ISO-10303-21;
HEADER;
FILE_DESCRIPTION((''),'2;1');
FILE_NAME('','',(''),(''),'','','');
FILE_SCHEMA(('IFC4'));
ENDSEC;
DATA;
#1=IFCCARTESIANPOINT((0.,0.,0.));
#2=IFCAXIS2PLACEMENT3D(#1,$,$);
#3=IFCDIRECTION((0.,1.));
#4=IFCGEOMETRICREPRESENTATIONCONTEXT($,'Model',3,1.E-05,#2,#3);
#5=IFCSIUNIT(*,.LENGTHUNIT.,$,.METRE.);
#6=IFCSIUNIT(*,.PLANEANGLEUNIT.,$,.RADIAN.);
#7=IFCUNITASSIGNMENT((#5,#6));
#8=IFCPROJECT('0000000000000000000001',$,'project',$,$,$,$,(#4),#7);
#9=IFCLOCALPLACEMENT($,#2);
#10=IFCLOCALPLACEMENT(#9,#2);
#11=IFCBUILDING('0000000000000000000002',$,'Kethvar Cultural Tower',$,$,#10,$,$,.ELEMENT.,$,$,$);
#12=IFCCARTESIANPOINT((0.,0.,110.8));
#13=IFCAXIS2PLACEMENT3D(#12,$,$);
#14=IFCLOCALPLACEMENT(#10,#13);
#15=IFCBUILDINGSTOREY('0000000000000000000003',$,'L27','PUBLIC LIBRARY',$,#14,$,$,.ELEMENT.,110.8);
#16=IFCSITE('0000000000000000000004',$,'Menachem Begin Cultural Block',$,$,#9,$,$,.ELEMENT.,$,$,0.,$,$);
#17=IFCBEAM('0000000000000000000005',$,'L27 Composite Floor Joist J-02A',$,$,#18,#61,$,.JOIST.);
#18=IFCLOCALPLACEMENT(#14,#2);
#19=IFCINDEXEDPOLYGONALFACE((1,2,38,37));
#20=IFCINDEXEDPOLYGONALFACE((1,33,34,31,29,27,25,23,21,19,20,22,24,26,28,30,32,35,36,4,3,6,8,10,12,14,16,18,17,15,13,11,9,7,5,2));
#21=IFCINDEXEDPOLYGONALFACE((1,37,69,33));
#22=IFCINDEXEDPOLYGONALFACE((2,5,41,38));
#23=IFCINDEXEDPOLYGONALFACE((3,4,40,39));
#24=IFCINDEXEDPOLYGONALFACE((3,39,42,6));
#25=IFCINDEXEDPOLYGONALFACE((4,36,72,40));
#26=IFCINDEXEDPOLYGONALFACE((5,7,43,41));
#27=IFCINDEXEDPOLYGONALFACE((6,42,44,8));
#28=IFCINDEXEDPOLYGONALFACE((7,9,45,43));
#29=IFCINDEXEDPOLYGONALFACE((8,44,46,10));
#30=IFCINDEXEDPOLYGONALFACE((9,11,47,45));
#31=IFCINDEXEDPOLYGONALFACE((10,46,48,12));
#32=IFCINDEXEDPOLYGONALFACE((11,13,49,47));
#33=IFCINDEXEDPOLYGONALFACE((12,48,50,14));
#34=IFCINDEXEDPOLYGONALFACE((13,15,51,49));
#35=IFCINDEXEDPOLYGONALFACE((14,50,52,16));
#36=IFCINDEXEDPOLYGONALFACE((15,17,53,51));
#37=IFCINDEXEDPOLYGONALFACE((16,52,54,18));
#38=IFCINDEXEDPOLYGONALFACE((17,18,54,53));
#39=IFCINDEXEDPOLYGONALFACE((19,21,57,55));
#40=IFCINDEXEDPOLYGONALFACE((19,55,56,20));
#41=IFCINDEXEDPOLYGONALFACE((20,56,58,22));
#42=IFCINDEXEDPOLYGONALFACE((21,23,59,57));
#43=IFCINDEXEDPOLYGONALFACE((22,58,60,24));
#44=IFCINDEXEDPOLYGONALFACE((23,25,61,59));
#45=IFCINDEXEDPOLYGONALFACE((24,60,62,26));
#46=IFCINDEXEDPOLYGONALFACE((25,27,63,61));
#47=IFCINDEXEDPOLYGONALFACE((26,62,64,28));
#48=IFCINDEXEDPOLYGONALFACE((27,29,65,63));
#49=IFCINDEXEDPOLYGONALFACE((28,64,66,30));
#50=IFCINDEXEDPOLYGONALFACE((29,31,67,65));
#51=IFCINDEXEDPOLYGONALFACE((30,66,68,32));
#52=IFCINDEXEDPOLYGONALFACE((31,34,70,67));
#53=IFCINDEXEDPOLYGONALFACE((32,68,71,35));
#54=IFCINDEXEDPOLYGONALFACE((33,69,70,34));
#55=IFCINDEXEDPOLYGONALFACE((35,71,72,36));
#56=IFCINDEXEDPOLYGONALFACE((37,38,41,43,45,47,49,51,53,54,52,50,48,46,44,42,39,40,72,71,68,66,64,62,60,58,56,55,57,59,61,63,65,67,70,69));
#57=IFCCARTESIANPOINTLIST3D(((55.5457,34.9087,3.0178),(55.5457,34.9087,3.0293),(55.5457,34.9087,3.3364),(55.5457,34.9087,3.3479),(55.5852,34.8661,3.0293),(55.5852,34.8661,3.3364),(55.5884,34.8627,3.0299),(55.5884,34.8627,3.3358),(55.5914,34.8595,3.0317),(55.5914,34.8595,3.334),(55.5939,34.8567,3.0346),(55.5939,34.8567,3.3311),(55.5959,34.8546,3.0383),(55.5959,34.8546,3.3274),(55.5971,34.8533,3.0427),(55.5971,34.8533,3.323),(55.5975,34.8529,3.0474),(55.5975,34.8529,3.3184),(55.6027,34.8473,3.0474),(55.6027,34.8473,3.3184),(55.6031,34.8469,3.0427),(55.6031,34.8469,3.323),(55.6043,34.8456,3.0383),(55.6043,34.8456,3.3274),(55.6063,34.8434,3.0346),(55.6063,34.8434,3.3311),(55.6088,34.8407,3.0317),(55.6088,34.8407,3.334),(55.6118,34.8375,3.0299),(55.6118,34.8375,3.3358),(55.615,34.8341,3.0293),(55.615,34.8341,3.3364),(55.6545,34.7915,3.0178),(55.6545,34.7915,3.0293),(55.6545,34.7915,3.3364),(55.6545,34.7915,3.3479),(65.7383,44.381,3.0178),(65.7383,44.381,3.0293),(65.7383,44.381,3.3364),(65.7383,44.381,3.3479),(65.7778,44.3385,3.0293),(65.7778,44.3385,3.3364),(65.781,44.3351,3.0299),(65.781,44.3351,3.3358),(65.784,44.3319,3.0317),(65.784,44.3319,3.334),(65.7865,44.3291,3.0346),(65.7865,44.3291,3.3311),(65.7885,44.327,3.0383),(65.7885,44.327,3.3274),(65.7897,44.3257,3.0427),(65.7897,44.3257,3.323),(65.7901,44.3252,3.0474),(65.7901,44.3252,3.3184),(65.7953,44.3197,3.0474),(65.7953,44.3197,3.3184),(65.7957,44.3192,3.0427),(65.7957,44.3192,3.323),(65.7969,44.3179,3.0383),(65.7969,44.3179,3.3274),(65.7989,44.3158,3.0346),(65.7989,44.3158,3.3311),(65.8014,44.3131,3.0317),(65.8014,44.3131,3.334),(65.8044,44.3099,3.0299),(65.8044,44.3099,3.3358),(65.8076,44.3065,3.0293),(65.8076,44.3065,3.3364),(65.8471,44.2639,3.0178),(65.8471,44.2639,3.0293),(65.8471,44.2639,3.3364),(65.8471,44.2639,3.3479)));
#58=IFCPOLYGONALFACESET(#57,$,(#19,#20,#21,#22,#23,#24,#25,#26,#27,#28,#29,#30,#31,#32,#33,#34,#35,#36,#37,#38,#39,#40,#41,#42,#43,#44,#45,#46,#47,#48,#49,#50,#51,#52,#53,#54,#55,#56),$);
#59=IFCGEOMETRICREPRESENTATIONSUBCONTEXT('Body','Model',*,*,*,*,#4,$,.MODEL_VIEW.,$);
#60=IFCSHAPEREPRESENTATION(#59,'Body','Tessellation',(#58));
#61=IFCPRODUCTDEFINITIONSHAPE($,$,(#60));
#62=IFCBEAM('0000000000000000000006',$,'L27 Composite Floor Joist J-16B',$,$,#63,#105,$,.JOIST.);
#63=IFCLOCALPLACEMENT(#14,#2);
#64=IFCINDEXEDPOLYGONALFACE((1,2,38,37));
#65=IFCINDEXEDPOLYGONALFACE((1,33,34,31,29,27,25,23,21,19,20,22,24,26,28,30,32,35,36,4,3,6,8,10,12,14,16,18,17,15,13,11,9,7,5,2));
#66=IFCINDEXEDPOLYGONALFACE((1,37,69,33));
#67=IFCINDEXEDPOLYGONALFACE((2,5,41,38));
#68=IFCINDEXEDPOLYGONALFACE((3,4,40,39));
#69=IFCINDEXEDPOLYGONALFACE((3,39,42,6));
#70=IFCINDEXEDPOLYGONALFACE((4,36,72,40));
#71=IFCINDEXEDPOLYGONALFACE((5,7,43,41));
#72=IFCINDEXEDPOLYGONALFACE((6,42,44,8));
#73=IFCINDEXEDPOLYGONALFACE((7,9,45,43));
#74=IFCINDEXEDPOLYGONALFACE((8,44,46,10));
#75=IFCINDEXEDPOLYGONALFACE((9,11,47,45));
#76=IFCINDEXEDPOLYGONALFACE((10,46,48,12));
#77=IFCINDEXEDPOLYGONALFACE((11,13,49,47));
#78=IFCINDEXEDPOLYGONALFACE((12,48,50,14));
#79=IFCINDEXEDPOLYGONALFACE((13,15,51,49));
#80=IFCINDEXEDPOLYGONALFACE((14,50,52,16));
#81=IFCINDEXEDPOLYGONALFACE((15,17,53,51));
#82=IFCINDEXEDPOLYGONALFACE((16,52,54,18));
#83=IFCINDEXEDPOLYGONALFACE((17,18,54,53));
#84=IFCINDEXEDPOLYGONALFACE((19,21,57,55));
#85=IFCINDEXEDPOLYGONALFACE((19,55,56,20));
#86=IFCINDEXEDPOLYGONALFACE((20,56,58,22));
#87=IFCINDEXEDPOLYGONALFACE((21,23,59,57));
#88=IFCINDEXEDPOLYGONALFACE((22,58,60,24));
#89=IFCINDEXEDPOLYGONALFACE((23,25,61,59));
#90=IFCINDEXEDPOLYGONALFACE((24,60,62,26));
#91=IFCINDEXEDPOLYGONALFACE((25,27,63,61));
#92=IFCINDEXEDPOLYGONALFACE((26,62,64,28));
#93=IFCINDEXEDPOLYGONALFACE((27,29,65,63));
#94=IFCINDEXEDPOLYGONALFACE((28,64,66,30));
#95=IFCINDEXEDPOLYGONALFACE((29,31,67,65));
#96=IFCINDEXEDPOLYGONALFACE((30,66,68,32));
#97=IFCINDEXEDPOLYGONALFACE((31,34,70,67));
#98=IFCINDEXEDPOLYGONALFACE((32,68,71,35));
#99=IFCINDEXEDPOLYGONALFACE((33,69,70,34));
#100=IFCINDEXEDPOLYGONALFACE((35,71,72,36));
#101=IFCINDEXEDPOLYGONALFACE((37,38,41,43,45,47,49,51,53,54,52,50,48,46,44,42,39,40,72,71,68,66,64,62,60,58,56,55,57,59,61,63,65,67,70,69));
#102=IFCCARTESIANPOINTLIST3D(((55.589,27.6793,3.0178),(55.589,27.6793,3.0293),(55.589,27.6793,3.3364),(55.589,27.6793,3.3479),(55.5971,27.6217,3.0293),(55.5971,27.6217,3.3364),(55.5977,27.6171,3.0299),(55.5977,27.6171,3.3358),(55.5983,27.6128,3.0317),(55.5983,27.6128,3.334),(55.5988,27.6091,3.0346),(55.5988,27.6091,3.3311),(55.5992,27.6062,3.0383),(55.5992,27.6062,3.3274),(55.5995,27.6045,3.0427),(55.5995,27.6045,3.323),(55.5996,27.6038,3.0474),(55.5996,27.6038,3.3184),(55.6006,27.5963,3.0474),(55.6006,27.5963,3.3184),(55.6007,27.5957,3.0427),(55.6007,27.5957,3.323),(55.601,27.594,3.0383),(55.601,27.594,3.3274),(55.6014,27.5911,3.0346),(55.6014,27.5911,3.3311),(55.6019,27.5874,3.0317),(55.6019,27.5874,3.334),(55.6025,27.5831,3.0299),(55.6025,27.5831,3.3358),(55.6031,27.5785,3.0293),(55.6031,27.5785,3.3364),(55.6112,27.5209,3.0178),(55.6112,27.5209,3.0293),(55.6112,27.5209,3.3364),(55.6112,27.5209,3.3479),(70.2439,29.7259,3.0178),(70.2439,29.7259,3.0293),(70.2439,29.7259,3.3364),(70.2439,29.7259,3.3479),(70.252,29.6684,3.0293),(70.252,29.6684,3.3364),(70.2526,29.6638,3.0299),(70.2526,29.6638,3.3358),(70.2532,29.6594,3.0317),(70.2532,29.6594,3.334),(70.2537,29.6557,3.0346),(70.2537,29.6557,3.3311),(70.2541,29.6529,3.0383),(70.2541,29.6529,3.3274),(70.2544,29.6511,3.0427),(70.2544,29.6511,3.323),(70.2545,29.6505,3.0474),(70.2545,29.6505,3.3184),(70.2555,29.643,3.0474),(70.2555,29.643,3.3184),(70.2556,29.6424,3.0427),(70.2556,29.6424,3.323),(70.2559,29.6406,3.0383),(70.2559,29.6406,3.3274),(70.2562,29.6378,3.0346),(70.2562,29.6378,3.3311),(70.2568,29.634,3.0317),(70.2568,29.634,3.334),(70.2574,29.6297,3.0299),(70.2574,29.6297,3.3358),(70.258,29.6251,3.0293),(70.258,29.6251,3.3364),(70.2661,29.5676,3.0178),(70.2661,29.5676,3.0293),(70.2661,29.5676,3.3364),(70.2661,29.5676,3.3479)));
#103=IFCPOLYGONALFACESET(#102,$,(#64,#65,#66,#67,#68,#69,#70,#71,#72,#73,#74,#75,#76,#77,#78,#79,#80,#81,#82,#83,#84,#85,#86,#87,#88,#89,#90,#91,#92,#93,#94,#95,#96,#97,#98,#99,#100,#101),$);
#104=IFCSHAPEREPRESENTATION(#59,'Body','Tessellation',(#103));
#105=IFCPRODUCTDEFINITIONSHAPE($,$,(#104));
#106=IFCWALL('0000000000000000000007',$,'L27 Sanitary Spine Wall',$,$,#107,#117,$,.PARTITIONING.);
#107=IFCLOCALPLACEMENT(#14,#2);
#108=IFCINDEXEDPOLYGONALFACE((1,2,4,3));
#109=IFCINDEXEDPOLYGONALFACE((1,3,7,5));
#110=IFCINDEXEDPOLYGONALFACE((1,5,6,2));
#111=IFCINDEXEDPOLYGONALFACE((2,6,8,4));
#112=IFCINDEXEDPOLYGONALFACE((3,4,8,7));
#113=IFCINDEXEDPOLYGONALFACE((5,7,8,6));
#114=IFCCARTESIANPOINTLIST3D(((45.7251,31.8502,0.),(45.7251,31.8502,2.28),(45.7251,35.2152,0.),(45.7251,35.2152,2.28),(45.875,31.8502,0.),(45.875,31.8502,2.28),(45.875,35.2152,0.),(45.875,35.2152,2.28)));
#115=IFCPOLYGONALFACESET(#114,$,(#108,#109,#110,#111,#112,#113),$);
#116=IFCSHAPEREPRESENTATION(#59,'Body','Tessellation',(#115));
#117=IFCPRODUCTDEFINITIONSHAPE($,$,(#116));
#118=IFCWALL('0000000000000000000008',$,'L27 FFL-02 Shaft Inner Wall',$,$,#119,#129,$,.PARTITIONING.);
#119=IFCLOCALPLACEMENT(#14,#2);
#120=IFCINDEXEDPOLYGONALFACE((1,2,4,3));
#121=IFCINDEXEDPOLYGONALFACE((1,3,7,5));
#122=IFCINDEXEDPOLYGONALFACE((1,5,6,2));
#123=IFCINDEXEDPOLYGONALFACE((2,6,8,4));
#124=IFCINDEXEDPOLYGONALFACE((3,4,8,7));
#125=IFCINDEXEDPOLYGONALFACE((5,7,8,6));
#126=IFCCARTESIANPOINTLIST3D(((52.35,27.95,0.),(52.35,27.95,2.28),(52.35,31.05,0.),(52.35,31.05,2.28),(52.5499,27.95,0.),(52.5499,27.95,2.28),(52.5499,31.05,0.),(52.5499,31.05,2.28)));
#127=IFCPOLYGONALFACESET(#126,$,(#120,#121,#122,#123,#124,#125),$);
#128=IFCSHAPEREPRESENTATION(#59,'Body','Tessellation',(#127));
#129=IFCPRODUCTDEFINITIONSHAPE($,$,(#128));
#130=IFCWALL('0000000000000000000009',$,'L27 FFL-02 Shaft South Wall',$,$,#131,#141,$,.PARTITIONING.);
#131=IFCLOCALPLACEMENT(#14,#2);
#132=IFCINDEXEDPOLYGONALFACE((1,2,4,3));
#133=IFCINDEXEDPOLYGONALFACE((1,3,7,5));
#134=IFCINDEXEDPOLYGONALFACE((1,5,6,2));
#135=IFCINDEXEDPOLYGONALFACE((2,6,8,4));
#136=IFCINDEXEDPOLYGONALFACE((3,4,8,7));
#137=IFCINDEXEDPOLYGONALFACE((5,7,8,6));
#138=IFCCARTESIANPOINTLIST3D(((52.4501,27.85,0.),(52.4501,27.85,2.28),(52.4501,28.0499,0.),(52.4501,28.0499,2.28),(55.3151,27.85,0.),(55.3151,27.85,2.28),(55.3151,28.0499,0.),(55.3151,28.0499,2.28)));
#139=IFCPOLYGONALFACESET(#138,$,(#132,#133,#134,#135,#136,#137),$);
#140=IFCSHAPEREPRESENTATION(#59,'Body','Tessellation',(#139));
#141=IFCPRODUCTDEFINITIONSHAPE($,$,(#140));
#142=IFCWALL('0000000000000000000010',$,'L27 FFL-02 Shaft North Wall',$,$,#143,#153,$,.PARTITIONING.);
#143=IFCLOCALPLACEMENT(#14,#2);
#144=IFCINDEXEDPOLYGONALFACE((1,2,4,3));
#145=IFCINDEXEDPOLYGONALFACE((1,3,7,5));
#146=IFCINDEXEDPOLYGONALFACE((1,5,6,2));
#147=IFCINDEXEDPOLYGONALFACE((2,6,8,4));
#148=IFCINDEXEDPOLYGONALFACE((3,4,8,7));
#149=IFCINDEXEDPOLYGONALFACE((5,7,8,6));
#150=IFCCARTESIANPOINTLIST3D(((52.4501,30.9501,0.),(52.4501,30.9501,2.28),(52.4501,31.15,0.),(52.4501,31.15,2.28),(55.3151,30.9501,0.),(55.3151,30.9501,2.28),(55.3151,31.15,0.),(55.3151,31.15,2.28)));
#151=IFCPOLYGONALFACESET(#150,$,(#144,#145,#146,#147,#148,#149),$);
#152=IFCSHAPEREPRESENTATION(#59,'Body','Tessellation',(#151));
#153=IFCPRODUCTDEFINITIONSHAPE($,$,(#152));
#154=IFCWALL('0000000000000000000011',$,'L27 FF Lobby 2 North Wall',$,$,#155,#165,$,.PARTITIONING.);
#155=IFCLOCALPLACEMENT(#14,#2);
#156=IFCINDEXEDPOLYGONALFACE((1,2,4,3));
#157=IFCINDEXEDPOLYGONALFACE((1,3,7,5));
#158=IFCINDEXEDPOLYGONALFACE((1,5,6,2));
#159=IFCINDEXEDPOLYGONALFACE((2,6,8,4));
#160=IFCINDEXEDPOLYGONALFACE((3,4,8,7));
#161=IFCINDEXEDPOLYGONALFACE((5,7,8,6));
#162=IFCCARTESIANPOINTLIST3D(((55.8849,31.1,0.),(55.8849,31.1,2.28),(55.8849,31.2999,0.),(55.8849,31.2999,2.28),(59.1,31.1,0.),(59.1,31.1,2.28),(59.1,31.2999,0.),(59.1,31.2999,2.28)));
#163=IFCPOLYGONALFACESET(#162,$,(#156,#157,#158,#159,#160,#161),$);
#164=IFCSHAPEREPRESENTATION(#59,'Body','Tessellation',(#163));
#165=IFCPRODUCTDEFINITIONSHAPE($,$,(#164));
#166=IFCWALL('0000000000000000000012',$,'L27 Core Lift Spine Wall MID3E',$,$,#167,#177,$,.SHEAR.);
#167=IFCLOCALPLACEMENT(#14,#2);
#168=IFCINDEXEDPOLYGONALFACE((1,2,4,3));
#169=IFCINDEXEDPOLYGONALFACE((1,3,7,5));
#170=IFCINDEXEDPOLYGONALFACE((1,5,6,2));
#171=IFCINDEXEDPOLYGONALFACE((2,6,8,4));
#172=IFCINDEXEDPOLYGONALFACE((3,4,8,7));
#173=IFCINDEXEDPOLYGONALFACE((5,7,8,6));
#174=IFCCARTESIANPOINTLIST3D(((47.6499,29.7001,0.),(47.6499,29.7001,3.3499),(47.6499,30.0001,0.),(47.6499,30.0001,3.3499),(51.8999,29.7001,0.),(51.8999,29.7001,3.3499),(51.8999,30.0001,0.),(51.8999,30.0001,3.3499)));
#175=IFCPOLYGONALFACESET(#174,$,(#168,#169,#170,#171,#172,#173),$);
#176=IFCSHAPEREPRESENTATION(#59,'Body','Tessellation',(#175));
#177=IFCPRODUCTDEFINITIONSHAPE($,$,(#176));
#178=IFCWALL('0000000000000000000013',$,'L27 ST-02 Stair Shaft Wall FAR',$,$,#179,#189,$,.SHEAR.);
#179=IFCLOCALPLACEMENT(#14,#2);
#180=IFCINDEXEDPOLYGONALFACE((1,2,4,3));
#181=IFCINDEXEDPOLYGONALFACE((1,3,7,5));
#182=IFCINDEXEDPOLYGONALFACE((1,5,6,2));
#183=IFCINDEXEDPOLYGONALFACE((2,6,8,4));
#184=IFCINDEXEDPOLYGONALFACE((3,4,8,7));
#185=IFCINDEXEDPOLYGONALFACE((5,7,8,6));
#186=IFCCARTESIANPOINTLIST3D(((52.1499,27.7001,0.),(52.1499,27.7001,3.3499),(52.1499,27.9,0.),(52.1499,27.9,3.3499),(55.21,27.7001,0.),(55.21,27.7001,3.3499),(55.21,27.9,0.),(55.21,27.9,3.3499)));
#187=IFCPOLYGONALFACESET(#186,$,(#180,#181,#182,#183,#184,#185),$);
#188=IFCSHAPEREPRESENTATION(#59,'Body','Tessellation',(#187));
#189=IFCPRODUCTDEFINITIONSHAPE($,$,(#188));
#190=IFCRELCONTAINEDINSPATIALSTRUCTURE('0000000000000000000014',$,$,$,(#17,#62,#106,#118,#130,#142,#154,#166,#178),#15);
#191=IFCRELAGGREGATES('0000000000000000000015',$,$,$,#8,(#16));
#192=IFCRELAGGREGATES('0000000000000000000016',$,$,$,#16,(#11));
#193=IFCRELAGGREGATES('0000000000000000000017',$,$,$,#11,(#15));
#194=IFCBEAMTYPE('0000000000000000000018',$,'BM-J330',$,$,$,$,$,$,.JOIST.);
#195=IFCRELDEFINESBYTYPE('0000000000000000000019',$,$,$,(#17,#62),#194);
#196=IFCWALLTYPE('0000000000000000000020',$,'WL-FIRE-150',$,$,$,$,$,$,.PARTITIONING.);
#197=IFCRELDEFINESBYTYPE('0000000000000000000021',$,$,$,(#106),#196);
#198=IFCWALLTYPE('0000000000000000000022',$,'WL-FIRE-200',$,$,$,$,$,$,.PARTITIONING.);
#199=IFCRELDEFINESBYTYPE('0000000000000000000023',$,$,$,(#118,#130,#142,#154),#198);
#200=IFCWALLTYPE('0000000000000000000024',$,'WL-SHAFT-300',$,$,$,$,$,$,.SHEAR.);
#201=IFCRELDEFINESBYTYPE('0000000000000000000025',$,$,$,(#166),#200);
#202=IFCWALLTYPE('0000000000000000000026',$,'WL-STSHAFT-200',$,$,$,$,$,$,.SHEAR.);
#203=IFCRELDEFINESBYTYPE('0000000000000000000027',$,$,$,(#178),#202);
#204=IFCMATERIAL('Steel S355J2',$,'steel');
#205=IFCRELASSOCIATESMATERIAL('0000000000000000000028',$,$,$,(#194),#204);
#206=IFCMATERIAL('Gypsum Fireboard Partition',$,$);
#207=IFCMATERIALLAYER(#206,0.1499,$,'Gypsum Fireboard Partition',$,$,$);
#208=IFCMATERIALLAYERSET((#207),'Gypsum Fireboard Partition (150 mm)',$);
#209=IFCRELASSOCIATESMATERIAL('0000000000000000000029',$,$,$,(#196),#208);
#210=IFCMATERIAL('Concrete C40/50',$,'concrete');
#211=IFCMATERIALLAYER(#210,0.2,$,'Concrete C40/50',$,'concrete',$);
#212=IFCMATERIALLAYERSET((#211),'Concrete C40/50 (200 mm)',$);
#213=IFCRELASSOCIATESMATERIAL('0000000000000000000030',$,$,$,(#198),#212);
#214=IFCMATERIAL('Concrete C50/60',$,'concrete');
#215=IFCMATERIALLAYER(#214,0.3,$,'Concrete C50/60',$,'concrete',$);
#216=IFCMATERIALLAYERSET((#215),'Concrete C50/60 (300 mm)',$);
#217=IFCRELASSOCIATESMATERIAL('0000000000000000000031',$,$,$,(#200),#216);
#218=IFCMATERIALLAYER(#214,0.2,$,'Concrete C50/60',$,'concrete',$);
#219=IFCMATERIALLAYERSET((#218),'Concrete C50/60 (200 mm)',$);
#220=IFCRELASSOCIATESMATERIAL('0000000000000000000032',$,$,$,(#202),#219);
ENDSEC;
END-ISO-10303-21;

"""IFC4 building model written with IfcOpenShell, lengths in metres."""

from ifc_helpers import new_model, si_unit, direction, frame, frame_2d, origin, origin_2d, place, context, subcontext, project, spatial, rectangle, i_section, extrude, source, transform, mapped, material, layer, layer_set, material_profile, profile_set, type_object, element, save


model = new_model("IFC4")

# Units and contexts
model_context = context("Model", 3, precision=1e-05, world=origin(), true_north=direction((0.0, 1.0)))
body_context = subcontext(model_context, "Body", "Model", "MODEL_VIEW")
ifc_project = project(units=[si_unit("LENGTHUNIT", "METRE"), si_unit("PLANEANGLEUNIT", "RADIAN")], contexts=[model_context])

# Site, building, storey
site_placement = place(None, origin())
site = spatial("IfcSite", under=ifc_project, at=site_placement, Name="Menachem Begin Cultural Block", CompositionType="ELEMENT", RefElevation=0.0)
building_placement = place(site_placement, origin())
building = spatial("IfcBuilding", under=site, at=building_placement, Name="Kethvar Cultural Tower", CompositionType="ELEMENT")
storey_placement = place(building_placement, frame((0.0, 0.0, 110.8)))
storey = spatial("IfcBuildingStorey", under=building, at=storey_placement, Name="L27", Description="PUBLIC LIBRARY", CompositionType="ELEMENT", Elevation=110.8)

# Beams
ifc_material_1 = material(Name="Steel S355J2", Category="steel")
ifc_material_profile_1 = material_profile(ifc_material_1, i_section(OverallWidth=0.1599, OverallDepth=0.3301, WebThickness=0.0076, FlangeThickness=0.0115, FilletRadius=0.0181, at=origin_2d()), Name="Steel S355J2 — IPE330")
ifc_profile_set_1 = profile_set([ifc_material_profile_1], Name="Steel S355J2 — IPE330")
beam_type_1 = type_object("IfcBeamType", Name="BM-J330", PredefinedType="JOIST", material=ifc_profile_set_1)
shared_shape_1 = source(origin(), body_context, "Body", "SweptSolid", [
    extrude(i_section(OverallWidth=0.1599, OverallDepth=0.3301, WebThickness=0.0076, FlangeThickness=0.0115, FilletRadius=0.0181, at=origin_2d()), origin(), (0.0, 0.0, 1.0), 13.9146),
])
beam_1_placement = place(storey_placement, frame((55.6001, 34.8501, 3.1829), z_axis=(0.732513, 0.680753, 0.0), x_axis=(-0.680753, 0.732513, 0.0)))
element("IfcBeam", 1, at=beam_1_placement, inside=storey, type_object=beam_type_1, Name="L27 Composite Floor Joist J-02A", PredefinedType="JOIST", context=body_context, shape_type="MappedRepresentation", body=[
    mapped(shared_shape_1, transform((0.0, 0.0, 0.0), scale=1.0)),
])
shared_shape_2 = source(origin(), body_context, "Body", "SweptSolid", [
    extrude(i_section(OverallWidth=0.1599, OverallDepth=0.3301, WebThickness=0.0076, FlangeThickness=0.0115, FilletRadius=0.0181, at=origin_2d()), origin(), (0.0, 0.0, 1.0), 14.7971),
])
beam_2_placement = place(storey_placement, frame((55.6001, 27.6001, 3.1829), z_axis=(0.990388, 0.138314, 0.0), x_axis=(-0.138314, 0.990388, 0.0)))
element("IfcBeam", 2, at=beam_2_placement, inside=storey, type_object=beam_type_1, Name="L27 Composite Floor Joist J-16B", PredefinedType="JOIST", context=body_context, shape_type="MappedRepresentation", body=[
    mapped(shared_shape_2, transform((0.0, 0.0, 0.0), scale=1.0)),
])

# Walls
ifc_material_2 = material(Name="Gypsum Fireboard Partition")
ifc_layer_1 = layer(ifc_material_2, 0.1499, Name="Gypsum Fireboard Partition")
ifc_layer_set_1 = layer_set([ifc_layer_1], Name="Gypsum Fireboard Partition (150 mm)")
wall_type_1 = type_object("IfcWallType", Name="WL-FIRE-150", PredefinedType="PARTITIONING", material=ifc_layer_set_1)
wall_1_placement = place(storey_placement, frame((45.8, 31.8501, 0.0), z_axis=(0.0, 0.0, 1.0), x_axis=(0.0, 1.0, 0.0)))
element("IfcWall", 3, at=wall_1_placement, inside=storey, type_object=wall_type_1, Name="L27 Sanitary Spine Wall", PredefinedType="PARTITIONING", context=body_context, shape_type="SweptSolid", body=[
    extrude(rectangle(XDim=3.365, YDim=0.1499, at=frame_2d((1.6826, 0.0))), origin(), (0.0, 0.0, 1.0), 2.28),
])
ifc_material_3 = material(Name="Concrete C40/50", Category="concrete")
ifc_layer_2 = layer(ifc_material_3, 0.2, Name="Concrete C40/50", Category="concrete")
ifc_layer_set_2 = layer_set([ifc_layer_2], Name="Concrete C40/50 (200 mm)")
wall_type_2 = type_object("IfcWallType", Name="WL-FIRE-200", PredefinedType="PARTITIONING", material=ifc_layer_set_2)
wall_2_placement = place(storey_placement, frame((52.45, 27.95, 0.0), z_axis=(0.0, 0.0, 1.0), x_axis=(0.0, 1.0, 0.0)))
element("IfcWall", 4, at=wall_2_placement, inside=storey, type_object=wall_type_2, Name="L27 FFL-02 Shaft Inner Wall", PredefinedType="PARTITIONING", context=body_context, shape_type="SweptSolid", body=[
    extrude(rectangle(XDim=3.1001, YDim=0.2, at=frame_2d((1.55, 0.0))), origin(), (0.0, 0.0, 1.0), 2.28),
])
for number, where, z_axis, x_axis, name in (
    (5, (52.45, 27.95, 0.0), (0.0, 0.0, 1.0), (1.0, 0.0, 0.0), "L27 FFL-02 Shaft South Wall"),
    (6, (52.45, 31.05, 0.0), (0.0, 0.0, 1.0), (1.0, 0.0, 0.0), "L27 FFL-02 Shaft North Wall"),
):
    element("IfcWall", number, at=place(storey_placement, frame(where, z_axis=z_axis, x_axis=x_axis)), inside=storey, type_object=wall_type_2, Name=name, PredefinedType="PARTITIONING", context=body_context, shape_type="SweptSolid", body=[
        extrude(rectangle(XDim=2.865, YDim=0.2, at=frame_2d((1.4326, 0.0))), origin(), (0.0, 0.0, 1.0), 2.28),
    ])
wall_3_placement = place(storey_placement, frame((55.885, 31.2, 0.0), z_axis=(0.0, 0.0, 1.0), x_axis=(1.0, 0.0, 0.0)))
element("IfcWall", 7, at=wall_3_placement, inside=storey, type_object=wall_type_2, Name="L27 FF Lobby 2 North Wall", PredefinedType="PARTITIONING", context=body_context, shape_type="SweptSolid", body=[
    extrude(rectangle(XDim=3.2151, YDim=0.2, at=frame_2d((1.6074, 0.0))), origin(), (0.0, 0.0, 1.0), 2.28),
])
ifc_material_4 = material(Name="Concrete C50/60", Category="concrete")
ifc_layer_3 = layer(ifc_material_4, 0.3, Name="Concrete C50/60", Category="concrete")
ifc_layer_set_3 = layer_set([ifc_layer_3], Name="Concrete C50/60 (300 mm)")
wall_type_3 = type_object("IfcWallType", Name="WL-SHAFT-300", PredefinedType="SHEAR", material=ifc_layer_set_3)
wall_4_placement = place(storey_placement, frame((47.6499, 29.8501, 0.0), z_axis=(0.0, 0.0, 1.0), x_axis=(1.0, 0.0, 0.0)))
element("IfcWall", 8, at=wall_4_placement, inside=storey, type_object=wall_type_3, Name="L27 Core Lift Spine Wall MID3E", PredefinedType="SHEAR", context=body_context, shape_type="SweptSolid", body=[
    extrude(rectangle(XDim=4.25, YDim=0.3, at=frame_2d((2.125, 0.0))), origin(), (0.0, 0.0, 1.0), 3.3499),
])
ifc_layer_4 = layer(ifc_material_4, 0.2, Name="Concrete C50/60", Category="concrete")
ifc_layer_set_4 = layer_set([ifc_layer_4], Name="Concrete C50/60 (200 mm)")
wall_type_4 = type_object("IfcWallType", Name="WL-STSHAFT-200", PredefinedType="SHEAR", material=ifc_layer_set_4)
wall_5_placement = place(storey_placement, frame((52.1499, 27.8, 0.0), z_axis=(0.0, 0.0, 1.0), x_axis=(1.0, 0.0, 0.0)))
element("IfcWall", 9, at=wall_5_placement, inside=storey, type_object=wall_type_4, Name="L27 ST-02 Stair Shaft Wall FAR", PredefinedType="SHEAR", context=body_context, shape_type="SweptSolid", body=[
    extrude(rectangle(XDim=3.0601, YDim=0.2, at=frame_2d((1.53, 0.0))), origin(), (0.0, 0.0, 1.0), 3.3499),
])

save(model, "model.ifc")
